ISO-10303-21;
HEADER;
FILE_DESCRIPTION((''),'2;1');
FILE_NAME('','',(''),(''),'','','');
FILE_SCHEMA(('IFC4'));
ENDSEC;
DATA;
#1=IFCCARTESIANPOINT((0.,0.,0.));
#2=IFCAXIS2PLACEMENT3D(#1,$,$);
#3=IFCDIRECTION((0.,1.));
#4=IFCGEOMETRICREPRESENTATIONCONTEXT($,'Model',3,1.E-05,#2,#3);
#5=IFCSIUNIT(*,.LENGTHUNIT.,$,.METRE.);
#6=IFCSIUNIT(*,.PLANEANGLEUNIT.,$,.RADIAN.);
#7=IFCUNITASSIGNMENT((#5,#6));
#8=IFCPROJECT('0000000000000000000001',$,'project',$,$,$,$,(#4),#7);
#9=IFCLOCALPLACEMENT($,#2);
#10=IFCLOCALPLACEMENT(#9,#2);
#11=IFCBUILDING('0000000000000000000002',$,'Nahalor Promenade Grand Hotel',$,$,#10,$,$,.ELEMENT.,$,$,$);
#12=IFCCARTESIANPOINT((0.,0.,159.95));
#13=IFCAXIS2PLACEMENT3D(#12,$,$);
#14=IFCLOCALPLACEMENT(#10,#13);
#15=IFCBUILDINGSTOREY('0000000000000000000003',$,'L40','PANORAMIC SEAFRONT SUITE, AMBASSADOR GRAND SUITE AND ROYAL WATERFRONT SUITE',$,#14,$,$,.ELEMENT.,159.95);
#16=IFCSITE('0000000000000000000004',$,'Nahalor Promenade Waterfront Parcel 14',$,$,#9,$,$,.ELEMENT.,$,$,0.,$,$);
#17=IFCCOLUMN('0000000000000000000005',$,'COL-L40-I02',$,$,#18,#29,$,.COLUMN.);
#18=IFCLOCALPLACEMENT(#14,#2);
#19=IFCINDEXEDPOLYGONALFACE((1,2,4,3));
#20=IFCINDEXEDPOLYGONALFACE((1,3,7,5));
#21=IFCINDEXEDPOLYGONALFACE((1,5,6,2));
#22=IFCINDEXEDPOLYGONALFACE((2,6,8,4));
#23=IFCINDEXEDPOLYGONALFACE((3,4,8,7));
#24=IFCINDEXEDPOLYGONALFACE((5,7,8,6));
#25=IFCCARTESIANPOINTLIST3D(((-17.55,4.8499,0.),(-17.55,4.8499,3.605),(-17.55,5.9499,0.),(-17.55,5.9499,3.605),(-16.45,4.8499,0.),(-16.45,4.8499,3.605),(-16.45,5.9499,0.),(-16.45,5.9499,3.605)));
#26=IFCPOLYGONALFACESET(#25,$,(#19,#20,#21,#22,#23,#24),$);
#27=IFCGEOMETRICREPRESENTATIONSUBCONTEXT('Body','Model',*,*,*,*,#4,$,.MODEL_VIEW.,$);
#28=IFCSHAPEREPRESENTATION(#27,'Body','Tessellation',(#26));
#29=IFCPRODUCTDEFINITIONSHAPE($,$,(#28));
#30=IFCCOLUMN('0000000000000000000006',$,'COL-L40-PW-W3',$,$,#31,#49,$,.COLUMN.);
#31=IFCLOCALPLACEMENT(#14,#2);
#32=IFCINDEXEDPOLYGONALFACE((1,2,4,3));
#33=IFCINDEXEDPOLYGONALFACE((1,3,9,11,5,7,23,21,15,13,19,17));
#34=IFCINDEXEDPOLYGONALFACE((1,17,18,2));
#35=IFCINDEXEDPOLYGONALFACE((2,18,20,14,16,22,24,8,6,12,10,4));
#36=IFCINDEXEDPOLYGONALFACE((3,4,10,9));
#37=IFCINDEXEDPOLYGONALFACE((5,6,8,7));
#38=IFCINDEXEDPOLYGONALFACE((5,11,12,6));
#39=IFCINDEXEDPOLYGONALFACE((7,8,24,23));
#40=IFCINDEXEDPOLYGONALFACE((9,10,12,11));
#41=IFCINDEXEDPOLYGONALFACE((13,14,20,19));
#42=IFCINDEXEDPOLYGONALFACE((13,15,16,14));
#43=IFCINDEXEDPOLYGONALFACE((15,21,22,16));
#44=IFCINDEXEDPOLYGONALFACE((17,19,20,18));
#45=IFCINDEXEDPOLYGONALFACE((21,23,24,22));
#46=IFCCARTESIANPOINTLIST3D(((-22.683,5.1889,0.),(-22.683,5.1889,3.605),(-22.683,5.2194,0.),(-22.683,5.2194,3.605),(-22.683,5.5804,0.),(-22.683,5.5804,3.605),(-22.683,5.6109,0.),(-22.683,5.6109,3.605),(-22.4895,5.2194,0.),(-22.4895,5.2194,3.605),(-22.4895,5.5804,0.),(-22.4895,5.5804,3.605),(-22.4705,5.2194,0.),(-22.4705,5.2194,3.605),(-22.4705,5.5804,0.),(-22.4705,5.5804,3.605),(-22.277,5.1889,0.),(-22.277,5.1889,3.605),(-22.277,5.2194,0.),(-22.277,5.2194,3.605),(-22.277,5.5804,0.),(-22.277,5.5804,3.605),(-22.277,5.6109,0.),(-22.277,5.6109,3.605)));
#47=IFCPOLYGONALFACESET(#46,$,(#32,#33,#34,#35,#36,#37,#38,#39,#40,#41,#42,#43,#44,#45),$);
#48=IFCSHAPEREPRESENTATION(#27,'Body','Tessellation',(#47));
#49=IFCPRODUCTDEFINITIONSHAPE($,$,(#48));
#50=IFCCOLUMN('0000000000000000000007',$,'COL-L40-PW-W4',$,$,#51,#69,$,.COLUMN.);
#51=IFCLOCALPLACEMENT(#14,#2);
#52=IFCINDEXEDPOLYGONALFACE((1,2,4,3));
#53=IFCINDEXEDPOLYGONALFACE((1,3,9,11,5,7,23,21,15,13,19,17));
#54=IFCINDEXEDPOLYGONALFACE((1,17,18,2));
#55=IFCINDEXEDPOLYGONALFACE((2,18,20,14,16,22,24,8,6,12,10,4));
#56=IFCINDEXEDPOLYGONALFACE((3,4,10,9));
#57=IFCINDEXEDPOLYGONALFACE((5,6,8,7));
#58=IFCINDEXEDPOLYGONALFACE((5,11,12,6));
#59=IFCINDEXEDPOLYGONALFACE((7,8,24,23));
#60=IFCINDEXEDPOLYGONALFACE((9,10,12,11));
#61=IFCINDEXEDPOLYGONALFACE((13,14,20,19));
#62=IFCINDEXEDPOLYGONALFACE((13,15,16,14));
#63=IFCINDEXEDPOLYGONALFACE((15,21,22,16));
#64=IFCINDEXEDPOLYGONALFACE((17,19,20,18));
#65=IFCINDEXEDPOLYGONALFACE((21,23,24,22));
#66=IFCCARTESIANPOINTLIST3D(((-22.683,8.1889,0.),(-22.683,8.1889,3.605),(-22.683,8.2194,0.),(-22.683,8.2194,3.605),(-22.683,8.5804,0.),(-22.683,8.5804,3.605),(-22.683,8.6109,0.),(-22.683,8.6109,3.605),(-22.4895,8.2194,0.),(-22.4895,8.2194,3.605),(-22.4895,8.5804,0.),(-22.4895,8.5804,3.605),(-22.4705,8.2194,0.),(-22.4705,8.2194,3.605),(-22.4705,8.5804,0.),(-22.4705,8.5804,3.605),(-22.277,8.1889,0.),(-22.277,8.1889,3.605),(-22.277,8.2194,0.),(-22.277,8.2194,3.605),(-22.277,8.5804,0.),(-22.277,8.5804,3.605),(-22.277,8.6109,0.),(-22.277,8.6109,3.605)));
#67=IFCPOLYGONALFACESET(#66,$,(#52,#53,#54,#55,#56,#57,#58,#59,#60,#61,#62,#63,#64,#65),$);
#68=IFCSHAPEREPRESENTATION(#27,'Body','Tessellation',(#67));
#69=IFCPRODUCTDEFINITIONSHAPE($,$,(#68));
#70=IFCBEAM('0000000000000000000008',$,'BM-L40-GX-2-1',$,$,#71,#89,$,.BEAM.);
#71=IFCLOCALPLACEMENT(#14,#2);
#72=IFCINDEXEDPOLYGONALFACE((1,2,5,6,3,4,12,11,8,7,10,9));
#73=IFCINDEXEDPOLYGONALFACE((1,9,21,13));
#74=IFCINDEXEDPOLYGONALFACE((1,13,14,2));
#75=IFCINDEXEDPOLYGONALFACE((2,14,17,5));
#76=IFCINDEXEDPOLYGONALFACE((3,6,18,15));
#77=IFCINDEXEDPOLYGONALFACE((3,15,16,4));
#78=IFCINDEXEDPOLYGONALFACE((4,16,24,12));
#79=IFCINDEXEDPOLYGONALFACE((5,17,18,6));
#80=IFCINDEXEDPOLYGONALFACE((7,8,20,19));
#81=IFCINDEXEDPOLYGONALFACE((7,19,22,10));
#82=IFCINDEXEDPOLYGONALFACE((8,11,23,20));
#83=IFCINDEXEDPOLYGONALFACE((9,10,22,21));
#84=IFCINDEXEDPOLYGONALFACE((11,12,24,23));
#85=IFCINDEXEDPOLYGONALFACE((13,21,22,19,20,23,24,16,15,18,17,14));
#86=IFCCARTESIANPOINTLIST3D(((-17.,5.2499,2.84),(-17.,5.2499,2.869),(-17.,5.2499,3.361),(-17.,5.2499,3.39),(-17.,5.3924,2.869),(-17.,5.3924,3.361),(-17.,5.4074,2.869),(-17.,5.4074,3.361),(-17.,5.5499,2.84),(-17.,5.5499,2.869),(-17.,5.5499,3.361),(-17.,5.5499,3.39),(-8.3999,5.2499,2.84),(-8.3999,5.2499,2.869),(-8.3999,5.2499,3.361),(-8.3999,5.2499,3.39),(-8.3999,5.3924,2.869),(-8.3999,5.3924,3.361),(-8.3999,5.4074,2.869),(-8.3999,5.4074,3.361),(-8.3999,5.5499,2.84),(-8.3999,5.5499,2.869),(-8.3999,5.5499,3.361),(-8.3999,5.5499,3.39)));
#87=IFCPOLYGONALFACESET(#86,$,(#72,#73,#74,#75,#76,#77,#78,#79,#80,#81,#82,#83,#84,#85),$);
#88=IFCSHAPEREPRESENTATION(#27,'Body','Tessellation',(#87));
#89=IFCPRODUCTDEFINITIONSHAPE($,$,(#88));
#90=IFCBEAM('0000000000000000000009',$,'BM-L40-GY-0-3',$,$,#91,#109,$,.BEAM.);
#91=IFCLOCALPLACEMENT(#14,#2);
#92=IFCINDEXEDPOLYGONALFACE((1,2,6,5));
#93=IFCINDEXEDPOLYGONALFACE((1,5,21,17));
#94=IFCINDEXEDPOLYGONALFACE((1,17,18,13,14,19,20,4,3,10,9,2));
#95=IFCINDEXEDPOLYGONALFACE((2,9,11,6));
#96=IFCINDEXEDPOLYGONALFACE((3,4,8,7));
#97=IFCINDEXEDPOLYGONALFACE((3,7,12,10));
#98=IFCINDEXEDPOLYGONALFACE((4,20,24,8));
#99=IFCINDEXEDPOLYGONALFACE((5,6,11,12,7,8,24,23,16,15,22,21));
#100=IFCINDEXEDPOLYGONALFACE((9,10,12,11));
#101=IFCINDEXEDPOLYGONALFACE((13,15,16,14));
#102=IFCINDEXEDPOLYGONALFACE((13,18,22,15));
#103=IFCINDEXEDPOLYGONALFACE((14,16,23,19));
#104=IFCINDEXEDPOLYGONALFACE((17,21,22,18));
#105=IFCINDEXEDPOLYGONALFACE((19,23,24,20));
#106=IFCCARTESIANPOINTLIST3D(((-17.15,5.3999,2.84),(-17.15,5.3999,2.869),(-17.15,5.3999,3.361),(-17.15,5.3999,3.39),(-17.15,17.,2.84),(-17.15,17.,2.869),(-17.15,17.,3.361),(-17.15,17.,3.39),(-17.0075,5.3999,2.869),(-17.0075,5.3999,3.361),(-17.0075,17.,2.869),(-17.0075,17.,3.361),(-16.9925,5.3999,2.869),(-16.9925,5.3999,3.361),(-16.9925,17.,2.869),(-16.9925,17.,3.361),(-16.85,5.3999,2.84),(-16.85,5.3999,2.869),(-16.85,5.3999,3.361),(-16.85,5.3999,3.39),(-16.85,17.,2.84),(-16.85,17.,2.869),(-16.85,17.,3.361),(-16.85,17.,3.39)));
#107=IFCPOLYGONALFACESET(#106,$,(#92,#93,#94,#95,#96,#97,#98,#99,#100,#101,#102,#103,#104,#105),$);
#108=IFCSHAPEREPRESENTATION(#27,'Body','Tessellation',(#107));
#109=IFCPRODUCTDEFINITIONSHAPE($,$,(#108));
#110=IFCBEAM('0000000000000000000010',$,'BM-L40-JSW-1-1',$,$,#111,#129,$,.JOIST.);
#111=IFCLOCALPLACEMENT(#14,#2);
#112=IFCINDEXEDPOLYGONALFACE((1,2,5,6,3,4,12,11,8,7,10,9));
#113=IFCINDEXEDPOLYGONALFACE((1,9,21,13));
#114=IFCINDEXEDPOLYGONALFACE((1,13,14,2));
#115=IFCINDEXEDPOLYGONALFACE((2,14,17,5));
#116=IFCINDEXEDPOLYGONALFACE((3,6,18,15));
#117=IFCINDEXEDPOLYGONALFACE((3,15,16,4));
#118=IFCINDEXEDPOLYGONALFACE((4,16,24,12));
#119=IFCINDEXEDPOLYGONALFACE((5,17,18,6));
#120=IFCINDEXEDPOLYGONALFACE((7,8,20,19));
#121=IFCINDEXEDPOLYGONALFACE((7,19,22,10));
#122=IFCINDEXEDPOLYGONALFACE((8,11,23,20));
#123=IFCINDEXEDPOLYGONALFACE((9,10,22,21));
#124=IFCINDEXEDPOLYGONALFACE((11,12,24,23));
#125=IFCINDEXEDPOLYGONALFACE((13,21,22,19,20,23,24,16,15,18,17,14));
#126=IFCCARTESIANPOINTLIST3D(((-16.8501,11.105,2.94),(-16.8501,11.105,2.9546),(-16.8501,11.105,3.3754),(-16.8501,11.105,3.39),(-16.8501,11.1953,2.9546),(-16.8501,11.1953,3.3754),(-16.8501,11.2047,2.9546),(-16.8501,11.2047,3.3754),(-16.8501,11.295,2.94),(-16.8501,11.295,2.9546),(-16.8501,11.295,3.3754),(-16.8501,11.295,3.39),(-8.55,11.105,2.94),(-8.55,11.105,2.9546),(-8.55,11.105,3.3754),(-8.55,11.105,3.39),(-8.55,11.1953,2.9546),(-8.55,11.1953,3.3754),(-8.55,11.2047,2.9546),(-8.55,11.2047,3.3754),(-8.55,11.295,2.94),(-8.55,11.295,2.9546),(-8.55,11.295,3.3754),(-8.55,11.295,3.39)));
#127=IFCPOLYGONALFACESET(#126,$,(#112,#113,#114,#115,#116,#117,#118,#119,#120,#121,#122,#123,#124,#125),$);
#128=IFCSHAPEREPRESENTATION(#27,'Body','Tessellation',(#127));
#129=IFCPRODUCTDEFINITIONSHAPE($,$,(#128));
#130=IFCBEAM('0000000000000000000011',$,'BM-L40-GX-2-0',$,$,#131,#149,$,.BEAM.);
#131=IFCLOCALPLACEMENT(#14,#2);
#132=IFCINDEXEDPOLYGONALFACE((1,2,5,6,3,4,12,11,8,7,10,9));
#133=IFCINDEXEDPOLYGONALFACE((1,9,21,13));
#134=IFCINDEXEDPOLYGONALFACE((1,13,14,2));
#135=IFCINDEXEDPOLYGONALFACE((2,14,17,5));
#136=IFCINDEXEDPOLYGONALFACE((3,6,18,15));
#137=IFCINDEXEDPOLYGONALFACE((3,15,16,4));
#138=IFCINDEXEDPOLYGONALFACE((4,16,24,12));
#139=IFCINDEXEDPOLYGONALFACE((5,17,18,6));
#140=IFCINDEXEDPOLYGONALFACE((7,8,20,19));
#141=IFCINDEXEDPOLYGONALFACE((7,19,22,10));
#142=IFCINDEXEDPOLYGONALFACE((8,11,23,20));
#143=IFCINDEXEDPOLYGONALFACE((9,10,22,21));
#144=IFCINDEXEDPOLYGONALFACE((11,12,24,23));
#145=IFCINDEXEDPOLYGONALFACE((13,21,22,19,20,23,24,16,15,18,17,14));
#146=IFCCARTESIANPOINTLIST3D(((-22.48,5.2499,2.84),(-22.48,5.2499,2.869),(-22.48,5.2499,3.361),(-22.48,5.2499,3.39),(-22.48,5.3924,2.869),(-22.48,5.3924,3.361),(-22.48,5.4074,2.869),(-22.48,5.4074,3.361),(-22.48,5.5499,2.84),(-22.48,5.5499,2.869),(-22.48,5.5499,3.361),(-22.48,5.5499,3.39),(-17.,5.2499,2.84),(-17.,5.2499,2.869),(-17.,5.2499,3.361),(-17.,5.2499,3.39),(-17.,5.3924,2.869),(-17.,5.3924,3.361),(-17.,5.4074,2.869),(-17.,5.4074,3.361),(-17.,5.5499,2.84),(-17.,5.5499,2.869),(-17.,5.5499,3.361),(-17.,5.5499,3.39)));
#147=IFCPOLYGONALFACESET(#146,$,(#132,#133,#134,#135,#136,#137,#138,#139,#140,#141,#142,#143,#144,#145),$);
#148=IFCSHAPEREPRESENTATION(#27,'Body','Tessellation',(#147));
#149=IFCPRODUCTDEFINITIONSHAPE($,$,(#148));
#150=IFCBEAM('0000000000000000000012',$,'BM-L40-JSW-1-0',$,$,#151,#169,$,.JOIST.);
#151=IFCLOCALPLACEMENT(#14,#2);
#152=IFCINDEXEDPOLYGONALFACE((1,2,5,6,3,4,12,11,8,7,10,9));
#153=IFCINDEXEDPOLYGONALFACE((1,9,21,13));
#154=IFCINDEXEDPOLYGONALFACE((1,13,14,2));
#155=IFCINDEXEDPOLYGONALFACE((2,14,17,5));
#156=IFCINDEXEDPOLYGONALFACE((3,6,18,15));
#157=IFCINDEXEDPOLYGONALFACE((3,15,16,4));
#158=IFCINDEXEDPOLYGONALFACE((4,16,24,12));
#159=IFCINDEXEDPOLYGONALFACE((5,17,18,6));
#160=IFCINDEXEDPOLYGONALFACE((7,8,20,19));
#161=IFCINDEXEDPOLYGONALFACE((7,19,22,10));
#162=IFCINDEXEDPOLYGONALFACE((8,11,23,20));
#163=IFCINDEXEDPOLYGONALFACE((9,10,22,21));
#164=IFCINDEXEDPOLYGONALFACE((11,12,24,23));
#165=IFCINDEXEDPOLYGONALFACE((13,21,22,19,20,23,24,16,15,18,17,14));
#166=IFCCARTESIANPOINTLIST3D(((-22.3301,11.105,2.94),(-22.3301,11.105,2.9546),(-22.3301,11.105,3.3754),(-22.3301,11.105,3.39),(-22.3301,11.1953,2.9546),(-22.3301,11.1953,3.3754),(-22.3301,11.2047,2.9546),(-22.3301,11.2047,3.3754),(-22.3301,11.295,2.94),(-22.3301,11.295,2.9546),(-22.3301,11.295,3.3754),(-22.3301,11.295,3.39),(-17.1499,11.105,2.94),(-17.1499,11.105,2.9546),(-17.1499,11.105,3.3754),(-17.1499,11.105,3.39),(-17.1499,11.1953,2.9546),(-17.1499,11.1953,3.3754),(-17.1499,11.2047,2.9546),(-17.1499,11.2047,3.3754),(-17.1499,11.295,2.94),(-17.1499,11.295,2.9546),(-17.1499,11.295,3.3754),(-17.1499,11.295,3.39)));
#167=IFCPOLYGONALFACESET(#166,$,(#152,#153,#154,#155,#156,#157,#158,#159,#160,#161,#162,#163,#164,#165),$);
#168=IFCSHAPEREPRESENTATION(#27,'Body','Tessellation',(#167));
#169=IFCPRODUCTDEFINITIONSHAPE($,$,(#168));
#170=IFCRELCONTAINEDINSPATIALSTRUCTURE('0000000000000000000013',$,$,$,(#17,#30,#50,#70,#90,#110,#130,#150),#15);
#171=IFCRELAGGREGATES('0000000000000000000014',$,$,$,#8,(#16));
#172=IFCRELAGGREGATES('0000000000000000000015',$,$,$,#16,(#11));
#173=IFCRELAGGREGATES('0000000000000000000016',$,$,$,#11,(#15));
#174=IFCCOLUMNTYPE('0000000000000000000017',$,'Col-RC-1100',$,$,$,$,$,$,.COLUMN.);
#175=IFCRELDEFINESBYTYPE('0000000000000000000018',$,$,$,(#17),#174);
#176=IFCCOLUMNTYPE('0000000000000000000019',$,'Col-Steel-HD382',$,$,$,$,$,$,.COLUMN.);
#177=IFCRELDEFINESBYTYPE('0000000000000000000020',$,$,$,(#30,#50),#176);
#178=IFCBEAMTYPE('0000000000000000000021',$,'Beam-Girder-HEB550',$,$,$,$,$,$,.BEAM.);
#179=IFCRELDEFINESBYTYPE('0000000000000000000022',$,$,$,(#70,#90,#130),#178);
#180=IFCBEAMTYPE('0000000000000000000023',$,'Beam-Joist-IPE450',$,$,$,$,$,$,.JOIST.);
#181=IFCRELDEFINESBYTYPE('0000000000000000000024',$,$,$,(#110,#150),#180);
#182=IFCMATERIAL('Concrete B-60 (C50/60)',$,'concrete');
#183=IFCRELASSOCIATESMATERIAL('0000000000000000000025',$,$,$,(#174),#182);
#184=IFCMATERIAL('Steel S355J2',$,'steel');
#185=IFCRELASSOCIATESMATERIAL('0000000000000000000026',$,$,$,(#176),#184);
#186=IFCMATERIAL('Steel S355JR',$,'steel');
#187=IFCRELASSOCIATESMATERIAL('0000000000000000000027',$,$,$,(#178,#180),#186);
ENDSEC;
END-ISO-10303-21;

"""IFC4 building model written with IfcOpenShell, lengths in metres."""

from ifc_helpers import new_model, si_unit, direction, frame, origin, origin_2d, place, context, subcontext, project, spatial, rectangle, i_section, extrude, source, transform, mapped, material, material_profile, profile_set, type_object, element, save


model = new_model("IFC4")

# Units and contexts
model_context = context("Model", 3, precision=1e-05, world=origin(), true_north=direction((0.0, 1.0)))
body_context = subcontext(model_context, "Body", "Model", "MODEL_VIEW")
ifc_project = project(units=[si_unit("LENGTHUNIT", "METRE"), si_unit("PLANEANGLEUNIT", "RADIAN")], contexts=[model_context])

# Site, building, storey
site_placement = place(None, origin())
site = spatial("IfcSite", under=ifc_project, at=site_placement, Name="Nahalor Promenade Waterfront Parcel 14", CompositionType="ELEMENT", RefElevation=0.0)
building_placement = place(site_placement, origin())
building = spatial("IfcBuilding", under=site, at=building_placement, Name="Nahalor Promenade Grand Hotel", CompositionType="ELEMENT")
storey_placement = place(building_placement, frame((0.0, 0.0, 159.95)))
storey = spatial("IfcBuildingStorey", under=building, at=storey_placement, Name="L40", Description="PANORAMIC SEAFRONT SUITE, AMBASSADOR GRAND SUITE AND ROYAL WATERFRONT SUITE", CompositionType="ELEMENT", Elevation=159.95)

# Columns
ifc_material_1 = material(Name="Concrete B-60 (C50/60)", Category="concrete")
ifc_material_profile_1 = material_profile(ifc_material_1, rectangle(XDim=1.1, YDim=1.1, at=origin_2d()), Name="RC 1100x1100")
ifc_profile_set_1 = profile_set([ifc_material_profile_1], Name="Concrete B-60 (C50/60)")
column_type_1 = type_object("IfcColumnType", Name="Col-RC-1100", PredefinedType="COLUMN", material=ifc_profile_set_1)
shared_shape_1 = source(origin(), body_context, "Body", "SweptSolid", [
    extrude(rectangle(XDim=1.1, YDim=1.1, at=origin_2d()), origin(), (0.0, 0.0, 1.0), 3.605),
])
column_placement = place(storey_placement, frame((-17.0, 5.3999, 0.0), z_axis=(0.0, 0.0, 1.0), x_axis=(1.0, 0.0, 0.0)))
element("IfcColumn", 1, at=column_placement, inside=storey, type_object=column_type_1, Name="COL-L40-I02", PredefinedType="COLUMN", context=body_context, shape_type="MappedRepresentation", body=[
    mapped(shared_shape_1, transform((0.0, 0.0, 0.0), scale=1.0)),
])
ifc_material_2 = material(Name="Steel S355J2", Category="steel")
ifc_material_profile_2 = material_profile(ifc_material_2, i_section(OverallWidth=0.406, OverallDepth=0.422, WebThickness=0.019, FlangeThickness=0.0305, at=origin_2d()), Name="HD 400x382")
ifc_profile_set_2 = profile_set([ifc_material_profile_2], Name="Steel S355J2")
column_type_2 = type_object("IfcColumnType", Name="Col-Steel-HD382", PredefinedType="COLUMN", material=ifc_profile_set_2)
shared_shape_2 = source(origin(), body_context, "Body", "SweptSolid", [
    extrude(i_section(OverallWidth=0.406, OverallDepth=0.422, WebThickness=0.019, FlangeThickness=0.0305, at=origin_2d()), origin(), (0.0, 0.0, 1.0), 3.605),
])
for number, where, z_axis, x_axis, name in (
    (2, (-22.48, 5.3999, 0.0), (0.0, 0.0, 1.0), (1.0, 0.0, 0.0), "COL-L40-PW-W3"),
    (3, (-22.48, 8.3999, 0.0), (0.0, 0.0, 1.0), (1.0, 0.0, 0.0), "COL-L40-PW-W4"),
):
    element("IfcColumn", number, at=place(storey_placement, frame(where, z_axis=z_axis, x_axis=x_axis)), inside=storey, type_object=column_type_2, Name=name, PredefinedType="COLUMN", context=body_context, shape_type="MappedRepresentation", body=[
        mapped(shared_shape_2, transform((0.0, 0.0, 0.0), scale=1.0)),
    ])

# Beams
ifc_material_3 = material(Name="Steel S355JR", Category="steel")
ifc_material_profile_3 = material_profile(ifc_material_3, i_section(OverallWidth=0.3, OverallDepth=0.55, WebThickness=0.015, FlangeThickness=0.029, at=origin_2d()), Name="HEB 550")
ifc_profile_set_3 = profile_set([ifc_material_profile_3], Name="Steel S355JR")
beam_type_1 = type_object("IfcBeamType", Name="Beam-Girder-HEB550", PredefinedType="BEAM", material=ifc_profile_set_3)
shared_shape_3 = source(origin(), body_context, "Body", "SweptSolid", [
    extrude(i_section(OverallWidth=0.3, OverallDepth=0.55, WebThickness=0.015, FlangeThickness=0.029, at=origin_2d()), origin(), (0.0, 0.0, 1.0), 8.6001),
])
beam_1_placement = place(storey_placement, frame((-17.0, 5.3999, 3.115), z_axis=(1.0, 0.0, 0.0), x_axis=(0.0, 1.0, 0.0)))
element("IfcBeam", 4, at=beam_1_placement, inside=storey, type_object=beam_type_1, Name="BM-L40-GX-2-1", PredefinedType="BEAM", context=body_context, shape_type="MappedRepresentation", body=[
    mapped(shared_shape_3, transform((0.0, 0.0, 0.0), scale=1.0)),
])
shared_shape_4 = source(origin(), body_context, "Body", "SweptSolid", [
    extrude(i_section(OverallWidth=0.3, OverallDepth=0.55, WebThickness=0.015, FlangeThickness=0.029, at=origin_2d()), origin(), (0.0, 0.0, 1.0), 11.6001),
])
beam_2_placement = place(storey_placement, frame((-17.0, 5.3999, 3.115), z_axis=(0.0, 1.0, 0.0), x_axis=(-1.0, 0.0, 0.0)))
element("IfcBeam", 5, at=beam_2_placement, inside=storey, type_object=beam_type_1, Name="BM-L40-GY-0-3", PredefinedType="BEAM", context=body_context, shape_type="MappedRepresentation", body=[
    mapped(shared_shape_4, transform((0.0, 0.0, 0.0), scale=1.0)),
])
ifc_material_profile_4 = material_profile(ifc_material_3, i_section(OverallWidth=0.19, OverallDepth=0.45, WebThickness=0.0094, FlangeThickness=0.0146, at=origin_2d()), Name="IPE 450")
ifc_profile_set_4 = profile_set([ifc_material_profile_4], Name="Steel S355JR")
beam_type_2 = type_object("IfcBeamType", Name="Beam-Joist-IPE450", PredefinedType="JOIST", material=ifc_profile_set_4)
shared_shape_5 = source(origin(), body_context, "Body", "SweptSolid", [
    extrude(i_section(OverallWidth=0.19, OverallDepth=0.45, WebThickness=0.0094, FlangeThickness=0.0146, at=origin_2d()), origin(), (0.0, 0.0, 1.0), 8.3),
])
beam_3_placement = place(storey_placement, frame((-16.8501, 11.2, 3.165), z_axis=(1.0, 0.0, 0.0), x_axis=(0.0, 1.0, 0.0)))
element("IfcBeam", 6, at=beam_3_placement, inside=storey, type_object=beam_type_2, Name="BM-L40-JSW-1-1", PredefinedType="JOIST", context=body_context, shape_type="MappedRepresentation", body=[
    mapped(shared_shape_5, transform((0.0, 0.0, 0.0), scale=1.0)),
])
shared_shape_6 = source(origin(), body_context, "Body", "SweptSolid", [
    extrude(i_section(OverallWidth=0.3, OverallDepth=0.55, WebThickness=0.015, FlangeThickness=0.029, at=origin_2d()), origin(), (0.0, 0.0, 1.0), 5.48),
])
beam_4_placement = place(storey_placement, frame((-22.48, 5.3999, 3.115), z_axis=(1.0, 0.0, 0.0), x_axis=(0.0, 1.0, 0.0)))
element("IfcBeam", 7, at=beam_4_placement, inside=storey, type_object=beam_type_1, Name="BM-L40-GX-2-0", PredefinedType="BEAM", context=body_context, shape_type="MappedRepresentation", body=[
    mapped(shared_shape_6, transform((0.0, 0.0, 0.0), scale=1.0)),
])
shared_shape_7 = source(origin(), body_context, "Body", "SweptSolid", [
    extrude(i_section(OverallWidth=0.19, OverallDepth=0.45, WebThickness=0.0094, FlangeThickness=0.0146, at=origin_2d()), origin(), (0.0, 0.0, 1.0), 5.1802),
])
beam_5_placement = place(storey_placement, frame((-22.3301, 11.2, 3.165), z_axis=(1.0, 0.0, 0.0), x_axis=(0.0, 1.0, 0.0)))
element("IfcBeam", 8, at=beam_5_placement, inside=storey, type_object=beam_type_2, Name="BM-L40-JSW-1-0", PredefinedType="JOIST", context=body_context, shape_type="MappedRepresentation", body=[
    mapped(shared_shape_7, transform((0.0, 0.0, 0.0), scale=1.0)),
])

save(model, "model.ifc")
